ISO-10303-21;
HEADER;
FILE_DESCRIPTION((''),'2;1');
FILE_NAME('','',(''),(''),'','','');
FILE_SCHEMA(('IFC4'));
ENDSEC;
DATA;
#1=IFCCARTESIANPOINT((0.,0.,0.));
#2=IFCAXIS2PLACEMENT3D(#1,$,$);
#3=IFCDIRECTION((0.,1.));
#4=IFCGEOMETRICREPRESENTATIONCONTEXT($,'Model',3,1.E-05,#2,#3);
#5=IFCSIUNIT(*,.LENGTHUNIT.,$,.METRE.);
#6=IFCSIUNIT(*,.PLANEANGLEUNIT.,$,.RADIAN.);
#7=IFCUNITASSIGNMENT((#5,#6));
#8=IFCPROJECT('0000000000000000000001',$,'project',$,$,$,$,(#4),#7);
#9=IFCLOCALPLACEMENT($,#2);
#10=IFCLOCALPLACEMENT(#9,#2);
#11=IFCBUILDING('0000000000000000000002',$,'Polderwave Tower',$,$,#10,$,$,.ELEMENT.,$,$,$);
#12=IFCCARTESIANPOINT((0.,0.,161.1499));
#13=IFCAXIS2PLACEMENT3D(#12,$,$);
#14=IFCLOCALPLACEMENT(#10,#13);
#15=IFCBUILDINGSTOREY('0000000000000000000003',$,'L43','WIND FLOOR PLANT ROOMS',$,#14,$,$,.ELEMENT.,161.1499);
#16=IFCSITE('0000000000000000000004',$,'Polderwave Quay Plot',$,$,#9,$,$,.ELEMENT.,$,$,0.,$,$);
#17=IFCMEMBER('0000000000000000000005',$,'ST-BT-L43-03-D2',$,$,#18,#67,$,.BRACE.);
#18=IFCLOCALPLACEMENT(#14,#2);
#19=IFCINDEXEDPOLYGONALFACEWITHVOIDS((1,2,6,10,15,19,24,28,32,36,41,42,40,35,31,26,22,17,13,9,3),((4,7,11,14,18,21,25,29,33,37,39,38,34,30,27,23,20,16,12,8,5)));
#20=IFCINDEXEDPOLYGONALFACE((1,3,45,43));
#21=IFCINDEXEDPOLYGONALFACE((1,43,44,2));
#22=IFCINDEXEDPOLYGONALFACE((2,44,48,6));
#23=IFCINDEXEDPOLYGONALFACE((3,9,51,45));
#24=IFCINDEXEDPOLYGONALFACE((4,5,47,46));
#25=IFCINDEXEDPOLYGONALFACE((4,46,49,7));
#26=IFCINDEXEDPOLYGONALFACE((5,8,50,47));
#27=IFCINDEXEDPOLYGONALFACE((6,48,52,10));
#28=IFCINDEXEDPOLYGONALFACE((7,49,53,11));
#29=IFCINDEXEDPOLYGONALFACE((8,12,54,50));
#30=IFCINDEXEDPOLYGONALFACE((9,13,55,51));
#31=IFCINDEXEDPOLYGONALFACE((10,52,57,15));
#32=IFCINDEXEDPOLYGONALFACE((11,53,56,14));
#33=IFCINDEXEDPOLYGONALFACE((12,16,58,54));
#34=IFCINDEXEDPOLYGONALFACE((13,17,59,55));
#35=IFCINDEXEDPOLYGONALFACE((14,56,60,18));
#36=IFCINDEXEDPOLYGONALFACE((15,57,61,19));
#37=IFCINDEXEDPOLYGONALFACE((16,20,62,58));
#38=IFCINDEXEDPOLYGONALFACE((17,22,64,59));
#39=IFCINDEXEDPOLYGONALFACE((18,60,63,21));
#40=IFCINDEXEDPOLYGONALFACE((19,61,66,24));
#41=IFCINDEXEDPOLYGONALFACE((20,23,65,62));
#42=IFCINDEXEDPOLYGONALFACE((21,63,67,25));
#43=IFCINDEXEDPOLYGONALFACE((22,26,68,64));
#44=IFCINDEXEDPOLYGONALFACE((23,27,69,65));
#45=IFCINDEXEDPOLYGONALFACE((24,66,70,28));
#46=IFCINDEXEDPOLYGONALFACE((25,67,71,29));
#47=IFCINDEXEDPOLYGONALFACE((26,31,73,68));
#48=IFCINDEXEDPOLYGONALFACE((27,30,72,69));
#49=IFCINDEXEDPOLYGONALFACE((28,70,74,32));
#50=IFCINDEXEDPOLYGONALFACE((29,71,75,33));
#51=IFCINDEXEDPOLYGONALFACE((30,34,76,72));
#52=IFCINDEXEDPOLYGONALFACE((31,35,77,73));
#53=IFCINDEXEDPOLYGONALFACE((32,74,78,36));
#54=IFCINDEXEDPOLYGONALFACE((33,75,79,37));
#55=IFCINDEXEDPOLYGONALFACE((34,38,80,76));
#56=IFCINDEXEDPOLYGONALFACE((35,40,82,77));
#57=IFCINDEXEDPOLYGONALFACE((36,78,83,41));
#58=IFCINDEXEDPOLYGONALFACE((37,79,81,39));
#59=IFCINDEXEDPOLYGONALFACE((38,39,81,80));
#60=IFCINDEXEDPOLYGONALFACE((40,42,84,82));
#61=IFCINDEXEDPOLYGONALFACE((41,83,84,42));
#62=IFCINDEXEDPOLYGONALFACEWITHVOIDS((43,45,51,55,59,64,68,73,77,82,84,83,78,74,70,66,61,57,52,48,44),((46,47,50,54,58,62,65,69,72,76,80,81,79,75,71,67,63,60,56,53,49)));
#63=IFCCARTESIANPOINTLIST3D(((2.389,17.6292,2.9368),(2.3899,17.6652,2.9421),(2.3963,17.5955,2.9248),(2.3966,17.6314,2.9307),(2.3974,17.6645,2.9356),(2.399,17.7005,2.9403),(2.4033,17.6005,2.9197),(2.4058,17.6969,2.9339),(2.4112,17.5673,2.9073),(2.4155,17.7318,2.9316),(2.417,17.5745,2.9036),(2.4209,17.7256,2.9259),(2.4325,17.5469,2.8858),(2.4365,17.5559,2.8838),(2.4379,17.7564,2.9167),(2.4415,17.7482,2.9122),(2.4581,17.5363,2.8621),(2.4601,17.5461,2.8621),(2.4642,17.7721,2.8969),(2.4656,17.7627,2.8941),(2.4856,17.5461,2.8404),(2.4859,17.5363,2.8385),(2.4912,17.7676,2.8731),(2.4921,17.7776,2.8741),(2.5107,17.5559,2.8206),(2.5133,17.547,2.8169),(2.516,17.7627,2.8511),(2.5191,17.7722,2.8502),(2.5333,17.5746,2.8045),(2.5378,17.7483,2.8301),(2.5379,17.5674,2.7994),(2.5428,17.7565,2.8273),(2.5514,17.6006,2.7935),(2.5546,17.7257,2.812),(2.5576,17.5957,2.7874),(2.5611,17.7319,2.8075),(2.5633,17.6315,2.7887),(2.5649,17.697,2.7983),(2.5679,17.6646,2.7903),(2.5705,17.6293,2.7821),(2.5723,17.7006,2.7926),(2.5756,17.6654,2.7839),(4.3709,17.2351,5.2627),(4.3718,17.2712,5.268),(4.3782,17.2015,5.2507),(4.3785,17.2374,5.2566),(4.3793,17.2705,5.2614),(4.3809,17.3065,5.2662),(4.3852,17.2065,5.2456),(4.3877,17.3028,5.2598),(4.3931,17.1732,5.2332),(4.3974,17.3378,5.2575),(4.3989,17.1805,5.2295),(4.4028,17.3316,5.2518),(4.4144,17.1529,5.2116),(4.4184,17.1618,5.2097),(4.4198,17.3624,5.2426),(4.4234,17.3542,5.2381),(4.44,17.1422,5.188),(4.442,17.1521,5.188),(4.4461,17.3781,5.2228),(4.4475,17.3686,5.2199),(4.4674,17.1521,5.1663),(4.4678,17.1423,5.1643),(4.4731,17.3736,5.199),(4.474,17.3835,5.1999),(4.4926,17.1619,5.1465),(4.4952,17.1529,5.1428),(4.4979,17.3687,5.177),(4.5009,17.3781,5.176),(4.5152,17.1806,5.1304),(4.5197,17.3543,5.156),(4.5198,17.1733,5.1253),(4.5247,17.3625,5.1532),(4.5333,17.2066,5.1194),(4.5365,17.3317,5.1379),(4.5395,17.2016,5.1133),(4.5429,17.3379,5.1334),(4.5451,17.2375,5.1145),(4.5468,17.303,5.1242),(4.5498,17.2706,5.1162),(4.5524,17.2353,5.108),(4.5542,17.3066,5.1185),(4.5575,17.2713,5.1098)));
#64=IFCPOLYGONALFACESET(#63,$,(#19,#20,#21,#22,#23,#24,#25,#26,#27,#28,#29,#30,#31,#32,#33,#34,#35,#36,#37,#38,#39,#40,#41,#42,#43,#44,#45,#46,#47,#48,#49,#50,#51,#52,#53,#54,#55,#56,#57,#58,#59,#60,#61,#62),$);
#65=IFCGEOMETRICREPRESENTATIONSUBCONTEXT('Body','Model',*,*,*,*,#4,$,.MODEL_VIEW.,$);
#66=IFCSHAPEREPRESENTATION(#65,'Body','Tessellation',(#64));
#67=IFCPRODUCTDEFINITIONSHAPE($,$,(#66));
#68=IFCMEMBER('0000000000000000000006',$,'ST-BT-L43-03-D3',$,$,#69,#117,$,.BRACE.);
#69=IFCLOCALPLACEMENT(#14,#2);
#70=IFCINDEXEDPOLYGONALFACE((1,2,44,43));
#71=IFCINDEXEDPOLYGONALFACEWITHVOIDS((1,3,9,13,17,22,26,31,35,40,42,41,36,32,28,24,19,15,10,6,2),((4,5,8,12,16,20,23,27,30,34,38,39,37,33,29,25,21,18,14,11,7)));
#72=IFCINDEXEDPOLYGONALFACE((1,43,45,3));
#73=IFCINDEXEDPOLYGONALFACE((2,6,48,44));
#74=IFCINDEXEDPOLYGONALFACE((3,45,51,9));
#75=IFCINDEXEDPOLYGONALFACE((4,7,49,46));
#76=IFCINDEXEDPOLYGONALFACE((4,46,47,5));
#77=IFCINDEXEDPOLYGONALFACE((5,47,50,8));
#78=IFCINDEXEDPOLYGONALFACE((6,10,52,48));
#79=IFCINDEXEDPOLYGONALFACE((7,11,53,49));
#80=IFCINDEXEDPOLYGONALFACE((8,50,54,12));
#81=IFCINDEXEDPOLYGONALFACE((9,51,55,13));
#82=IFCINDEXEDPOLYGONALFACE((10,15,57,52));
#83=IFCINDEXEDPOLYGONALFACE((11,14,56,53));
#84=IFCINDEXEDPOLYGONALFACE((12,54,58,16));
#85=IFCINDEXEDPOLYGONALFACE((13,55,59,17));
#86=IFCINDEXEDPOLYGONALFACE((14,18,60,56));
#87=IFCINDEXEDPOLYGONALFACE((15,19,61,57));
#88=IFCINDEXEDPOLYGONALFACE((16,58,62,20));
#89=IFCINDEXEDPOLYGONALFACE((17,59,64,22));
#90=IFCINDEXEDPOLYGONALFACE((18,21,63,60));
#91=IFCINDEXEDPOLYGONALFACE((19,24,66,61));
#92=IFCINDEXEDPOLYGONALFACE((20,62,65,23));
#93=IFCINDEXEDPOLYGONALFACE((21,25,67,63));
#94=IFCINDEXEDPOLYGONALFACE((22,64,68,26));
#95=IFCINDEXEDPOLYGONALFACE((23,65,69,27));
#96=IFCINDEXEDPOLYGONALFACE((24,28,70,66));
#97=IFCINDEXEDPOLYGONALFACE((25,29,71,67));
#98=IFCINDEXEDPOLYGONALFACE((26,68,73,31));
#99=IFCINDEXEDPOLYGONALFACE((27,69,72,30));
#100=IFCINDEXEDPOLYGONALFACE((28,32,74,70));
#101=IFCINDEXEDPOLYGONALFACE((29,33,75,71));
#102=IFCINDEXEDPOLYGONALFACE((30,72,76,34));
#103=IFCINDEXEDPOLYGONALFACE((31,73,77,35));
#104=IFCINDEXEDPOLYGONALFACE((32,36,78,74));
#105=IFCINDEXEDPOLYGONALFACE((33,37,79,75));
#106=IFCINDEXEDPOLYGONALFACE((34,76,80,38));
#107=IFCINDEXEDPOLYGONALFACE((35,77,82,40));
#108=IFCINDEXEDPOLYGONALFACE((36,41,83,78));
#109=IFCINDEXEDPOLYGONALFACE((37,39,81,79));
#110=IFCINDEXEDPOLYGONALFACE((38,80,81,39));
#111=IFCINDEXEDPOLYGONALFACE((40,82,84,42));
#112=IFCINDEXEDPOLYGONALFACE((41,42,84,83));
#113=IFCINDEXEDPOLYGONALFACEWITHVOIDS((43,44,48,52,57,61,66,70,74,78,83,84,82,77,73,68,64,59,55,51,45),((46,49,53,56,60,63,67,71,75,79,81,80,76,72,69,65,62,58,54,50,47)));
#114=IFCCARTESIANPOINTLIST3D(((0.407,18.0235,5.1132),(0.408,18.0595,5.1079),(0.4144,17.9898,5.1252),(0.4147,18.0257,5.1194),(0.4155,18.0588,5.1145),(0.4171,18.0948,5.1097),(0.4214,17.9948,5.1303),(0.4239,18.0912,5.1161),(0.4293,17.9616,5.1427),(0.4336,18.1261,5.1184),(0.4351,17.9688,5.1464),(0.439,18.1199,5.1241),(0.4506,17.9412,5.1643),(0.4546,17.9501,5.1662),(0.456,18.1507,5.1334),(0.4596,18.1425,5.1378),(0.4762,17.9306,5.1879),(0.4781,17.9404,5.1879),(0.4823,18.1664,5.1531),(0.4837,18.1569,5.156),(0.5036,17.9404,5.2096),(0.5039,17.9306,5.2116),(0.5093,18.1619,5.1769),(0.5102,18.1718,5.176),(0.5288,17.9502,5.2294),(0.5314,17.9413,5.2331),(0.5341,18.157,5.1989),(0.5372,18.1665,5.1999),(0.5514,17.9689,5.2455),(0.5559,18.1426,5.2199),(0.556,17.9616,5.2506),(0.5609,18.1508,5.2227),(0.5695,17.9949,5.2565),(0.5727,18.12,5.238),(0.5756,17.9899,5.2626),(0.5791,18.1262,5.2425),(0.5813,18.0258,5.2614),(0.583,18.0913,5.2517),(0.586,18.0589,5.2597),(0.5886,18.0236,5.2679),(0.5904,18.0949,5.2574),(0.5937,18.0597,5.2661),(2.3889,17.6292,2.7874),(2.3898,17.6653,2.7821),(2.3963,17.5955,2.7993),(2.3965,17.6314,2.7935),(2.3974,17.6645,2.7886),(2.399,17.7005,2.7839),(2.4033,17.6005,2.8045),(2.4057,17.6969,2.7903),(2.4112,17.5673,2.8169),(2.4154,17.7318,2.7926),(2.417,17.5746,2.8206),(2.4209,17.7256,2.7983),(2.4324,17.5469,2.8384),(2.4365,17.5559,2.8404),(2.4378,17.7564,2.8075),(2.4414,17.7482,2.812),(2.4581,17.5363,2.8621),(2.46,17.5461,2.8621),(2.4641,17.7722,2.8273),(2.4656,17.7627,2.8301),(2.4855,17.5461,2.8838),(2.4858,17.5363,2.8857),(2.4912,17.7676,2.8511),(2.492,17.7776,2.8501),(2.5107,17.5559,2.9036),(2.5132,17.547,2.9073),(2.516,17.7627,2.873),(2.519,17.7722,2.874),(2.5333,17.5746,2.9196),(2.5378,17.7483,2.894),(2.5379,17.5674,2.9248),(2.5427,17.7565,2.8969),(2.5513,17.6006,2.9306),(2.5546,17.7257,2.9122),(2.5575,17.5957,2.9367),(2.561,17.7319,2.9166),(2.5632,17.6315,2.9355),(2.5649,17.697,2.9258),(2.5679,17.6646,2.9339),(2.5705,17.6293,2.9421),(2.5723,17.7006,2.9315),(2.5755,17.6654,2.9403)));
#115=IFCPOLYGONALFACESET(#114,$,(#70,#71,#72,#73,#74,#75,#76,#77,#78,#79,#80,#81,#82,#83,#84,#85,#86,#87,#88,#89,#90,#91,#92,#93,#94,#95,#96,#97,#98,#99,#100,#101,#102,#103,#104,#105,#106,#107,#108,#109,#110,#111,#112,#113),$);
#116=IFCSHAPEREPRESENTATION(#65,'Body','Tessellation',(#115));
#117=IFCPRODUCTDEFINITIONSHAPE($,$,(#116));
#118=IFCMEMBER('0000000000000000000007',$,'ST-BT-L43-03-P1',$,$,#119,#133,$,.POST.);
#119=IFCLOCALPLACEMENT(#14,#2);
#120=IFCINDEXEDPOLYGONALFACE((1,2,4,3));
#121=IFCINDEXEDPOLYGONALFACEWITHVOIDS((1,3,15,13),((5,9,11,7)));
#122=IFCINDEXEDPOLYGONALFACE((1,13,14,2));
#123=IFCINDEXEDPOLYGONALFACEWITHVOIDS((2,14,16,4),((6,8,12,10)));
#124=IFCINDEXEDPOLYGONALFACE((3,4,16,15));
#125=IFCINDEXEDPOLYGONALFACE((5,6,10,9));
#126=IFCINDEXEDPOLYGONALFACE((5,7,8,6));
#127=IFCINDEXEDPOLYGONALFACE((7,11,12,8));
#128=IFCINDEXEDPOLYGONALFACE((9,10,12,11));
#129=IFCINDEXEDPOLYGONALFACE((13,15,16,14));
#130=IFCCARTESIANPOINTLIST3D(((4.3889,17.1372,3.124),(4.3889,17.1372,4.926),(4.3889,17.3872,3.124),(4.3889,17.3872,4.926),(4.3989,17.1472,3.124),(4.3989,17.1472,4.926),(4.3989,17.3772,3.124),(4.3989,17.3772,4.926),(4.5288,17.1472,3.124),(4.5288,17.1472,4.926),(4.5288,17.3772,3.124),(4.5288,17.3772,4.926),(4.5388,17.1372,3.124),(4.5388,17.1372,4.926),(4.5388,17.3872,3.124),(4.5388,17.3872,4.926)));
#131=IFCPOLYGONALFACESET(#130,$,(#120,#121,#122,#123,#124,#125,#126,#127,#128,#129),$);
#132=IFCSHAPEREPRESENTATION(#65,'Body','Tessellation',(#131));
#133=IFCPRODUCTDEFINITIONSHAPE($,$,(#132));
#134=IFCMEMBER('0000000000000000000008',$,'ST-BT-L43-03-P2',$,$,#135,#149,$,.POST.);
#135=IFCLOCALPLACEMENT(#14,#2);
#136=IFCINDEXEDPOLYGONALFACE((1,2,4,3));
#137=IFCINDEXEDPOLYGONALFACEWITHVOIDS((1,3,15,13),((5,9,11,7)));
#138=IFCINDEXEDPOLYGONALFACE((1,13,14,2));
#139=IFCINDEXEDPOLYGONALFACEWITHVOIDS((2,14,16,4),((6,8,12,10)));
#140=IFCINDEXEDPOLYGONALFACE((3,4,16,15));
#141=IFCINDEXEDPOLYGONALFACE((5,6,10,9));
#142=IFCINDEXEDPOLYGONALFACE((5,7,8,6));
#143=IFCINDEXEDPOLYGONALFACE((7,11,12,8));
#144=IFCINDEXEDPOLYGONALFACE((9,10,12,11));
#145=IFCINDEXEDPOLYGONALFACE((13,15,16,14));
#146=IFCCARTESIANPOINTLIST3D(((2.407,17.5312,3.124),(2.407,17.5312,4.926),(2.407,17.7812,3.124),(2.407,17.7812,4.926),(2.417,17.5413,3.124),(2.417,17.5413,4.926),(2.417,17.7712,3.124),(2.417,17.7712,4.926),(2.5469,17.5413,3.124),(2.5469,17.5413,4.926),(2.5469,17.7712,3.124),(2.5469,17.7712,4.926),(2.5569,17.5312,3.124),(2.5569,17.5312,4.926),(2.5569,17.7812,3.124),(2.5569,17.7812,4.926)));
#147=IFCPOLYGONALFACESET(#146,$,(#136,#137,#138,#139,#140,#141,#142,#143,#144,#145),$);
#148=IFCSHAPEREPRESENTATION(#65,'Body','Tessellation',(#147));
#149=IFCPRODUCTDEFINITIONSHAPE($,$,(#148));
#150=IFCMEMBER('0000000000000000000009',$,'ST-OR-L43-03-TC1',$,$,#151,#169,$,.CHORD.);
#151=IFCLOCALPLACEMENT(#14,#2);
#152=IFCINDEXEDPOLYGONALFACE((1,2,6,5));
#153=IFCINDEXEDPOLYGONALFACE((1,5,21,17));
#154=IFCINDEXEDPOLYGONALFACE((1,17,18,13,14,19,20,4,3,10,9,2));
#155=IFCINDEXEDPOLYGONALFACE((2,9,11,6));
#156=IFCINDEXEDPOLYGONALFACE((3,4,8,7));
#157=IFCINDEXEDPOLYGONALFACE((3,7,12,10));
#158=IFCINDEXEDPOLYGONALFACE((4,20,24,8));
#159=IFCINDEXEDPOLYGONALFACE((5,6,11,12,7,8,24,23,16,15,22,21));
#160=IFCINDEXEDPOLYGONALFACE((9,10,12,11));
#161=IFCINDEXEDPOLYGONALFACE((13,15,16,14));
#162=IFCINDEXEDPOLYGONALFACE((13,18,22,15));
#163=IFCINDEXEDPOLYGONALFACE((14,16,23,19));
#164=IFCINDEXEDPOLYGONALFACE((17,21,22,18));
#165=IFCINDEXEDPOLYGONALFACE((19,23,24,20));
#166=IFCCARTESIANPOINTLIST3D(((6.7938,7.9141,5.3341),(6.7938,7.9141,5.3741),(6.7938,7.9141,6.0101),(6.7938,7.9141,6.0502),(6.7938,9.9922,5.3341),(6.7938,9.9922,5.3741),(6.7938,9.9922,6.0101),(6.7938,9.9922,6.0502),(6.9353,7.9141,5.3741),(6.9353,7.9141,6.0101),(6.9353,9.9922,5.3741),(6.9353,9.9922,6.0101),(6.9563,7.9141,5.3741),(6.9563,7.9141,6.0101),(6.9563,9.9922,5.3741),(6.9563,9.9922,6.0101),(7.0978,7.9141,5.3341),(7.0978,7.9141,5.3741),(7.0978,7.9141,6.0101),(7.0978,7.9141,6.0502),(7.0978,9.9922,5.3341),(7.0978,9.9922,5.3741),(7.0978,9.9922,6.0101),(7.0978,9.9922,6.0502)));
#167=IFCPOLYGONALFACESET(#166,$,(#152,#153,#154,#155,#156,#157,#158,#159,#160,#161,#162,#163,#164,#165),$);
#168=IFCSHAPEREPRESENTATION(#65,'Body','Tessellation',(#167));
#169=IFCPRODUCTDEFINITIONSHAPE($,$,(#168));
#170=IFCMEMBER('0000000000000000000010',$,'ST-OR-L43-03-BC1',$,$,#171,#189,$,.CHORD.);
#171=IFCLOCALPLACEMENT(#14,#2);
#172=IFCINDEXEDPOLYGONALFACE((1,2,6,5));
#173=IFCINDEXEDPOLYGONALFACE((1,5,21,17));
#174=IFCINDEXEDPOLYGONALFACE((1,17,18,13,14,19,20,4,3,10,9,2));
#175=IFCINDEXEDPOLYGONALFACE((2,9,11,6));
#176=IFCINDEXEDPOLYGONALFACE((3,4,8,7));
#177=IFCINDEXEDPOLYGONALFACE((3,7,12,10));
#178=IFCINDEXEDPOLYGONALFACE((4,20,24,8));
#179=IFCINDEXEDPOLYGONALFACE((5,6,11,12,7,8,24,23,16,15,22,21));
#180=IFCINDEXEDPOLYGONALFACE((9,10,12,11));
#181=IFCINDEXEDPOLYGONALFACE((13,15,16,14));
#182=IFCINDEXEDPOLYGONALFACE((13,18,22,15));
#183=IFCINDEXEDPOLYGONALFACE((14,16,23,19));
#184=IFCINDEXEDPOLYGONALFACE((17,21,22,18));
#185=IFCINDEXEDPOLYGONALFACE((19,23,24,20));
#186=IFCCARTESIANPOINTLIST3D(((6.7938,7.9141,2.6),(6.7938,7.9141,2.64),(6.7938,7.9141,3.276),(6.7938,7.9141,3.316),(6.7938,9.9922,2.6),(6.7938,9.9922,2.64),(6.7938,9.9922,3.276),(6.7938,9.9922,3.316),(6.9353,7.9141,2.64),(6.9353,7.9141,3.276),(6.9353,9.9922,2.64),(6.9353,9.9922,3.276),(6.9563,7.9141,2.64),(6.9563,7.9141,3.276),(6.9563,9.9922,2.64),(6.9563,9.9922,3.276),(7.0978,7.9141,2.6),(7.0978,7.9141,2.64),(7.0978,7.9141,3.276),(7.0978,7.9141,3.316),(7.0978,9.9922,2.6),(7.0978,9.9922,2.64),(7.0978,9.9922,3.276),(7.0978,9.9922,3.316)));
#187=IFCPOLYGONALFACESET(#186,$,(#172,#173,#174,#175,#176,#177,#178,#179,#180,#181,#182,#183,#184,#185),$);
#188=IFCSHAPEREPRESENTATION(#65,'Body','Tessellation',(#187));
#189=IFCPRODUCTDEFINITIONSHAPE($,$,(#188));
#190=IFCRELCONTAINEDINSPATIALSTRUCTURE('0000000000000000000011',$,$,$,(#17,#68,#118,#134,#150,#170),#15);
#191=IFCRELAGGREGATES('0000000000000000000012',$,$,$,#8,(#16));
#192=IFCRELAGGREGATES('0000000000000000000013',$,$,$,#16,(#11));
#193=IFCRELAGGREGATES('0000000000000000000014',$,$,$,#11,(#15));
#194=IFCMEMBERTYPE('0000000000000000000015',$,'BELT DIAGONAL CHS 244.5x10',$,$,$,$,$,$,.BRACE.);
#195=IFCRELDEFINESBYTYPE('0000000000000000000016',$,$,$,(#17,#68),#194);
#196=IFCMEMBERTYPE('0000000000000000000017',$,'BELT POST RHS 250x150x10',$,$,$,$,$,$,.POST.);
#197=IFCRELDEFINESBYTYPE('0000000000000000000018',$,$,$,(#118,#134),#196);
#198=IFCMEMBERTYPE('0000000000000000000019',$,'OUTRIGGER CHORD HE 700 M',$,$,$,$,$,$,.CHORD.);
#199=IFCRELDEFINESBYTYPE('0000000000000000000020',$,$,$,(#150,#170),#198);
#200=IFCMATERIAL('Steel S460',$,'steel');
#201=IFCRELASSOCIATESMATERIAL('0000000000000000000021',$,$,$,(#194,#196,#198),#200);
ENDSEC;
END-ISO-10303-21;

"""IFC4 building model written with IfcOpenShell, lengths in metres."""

from ifc_helpers import new_model, si_unit, direction, frame, origin, origin_2d, place, context, subcontext, project, spatial, hollow_rectangle, hollow_circle, i_section, extrude, material, material_profile, profile_set, type_object, element, save


model = new_model("IFC4")

# Units and contexts
model_context = context("Model", 3, precision=1e-05, world=origin(), true_north=direction((0.0, 1.0)))
body_context = subcontext(model_context, "Body", "Model", "MODEL_VIEW")
ifc_project = project(units=[si_unit("LENGTHUNIT", "METRE"), si_unit("PLANEANGLEUNIT", "RADIAN")], contexts=[model_context])

# Site, building, storey
site_placement = place(None, origin())
site = spatial("IfcSite", under=ifc_project, at=site_placement, Name="Polderwave Quay Plot", CompositionType="ELEMENT", RefElevation=0.0)
building_placement = place(site_placement, origin())
building = spatial("IfcBuilding", under=site, at=building_placement, Name="Polderwave Tower", CompositionType="ELEMENT")
storey_placement = place(building_placement, frame((0.0, 0.0, 161.1499)))
storey = spatial("IfcBuildingStorey", under=building, at=storey_placement, Name="L43", Description="WIND FLOOR PLANT ROOMS", CompositionType="ELEMENT", Elevation=161.1499)

# Members
ifc_material_1 = material(Name="Steel S460", Category="steel")
ifc_material_profile_1 = material_profile(ifc_material_1, hollow_circle(Radius=0.1223, WallThickness=0.01, at=origin_2d()), Name="CHS 244.5x10")
ifc_profile_set_1 = profile_set([ifc_material_profile_1], Name="Steel S460")
member_type_1 = type_object("IfcMemberType", Name="BELT DIAGONAL CHS 244.5x10", PredefinedType="BRACE", material=ifc_profile_set_1)
for number, where, z_axis, x_axis, name in (
    (1, (4.4639, 17.2622, 5.188), (-0.643252, 0.12789, -0.754898), (-0.195001, -0.980803, 0.0), "ST-BT-L43-03-D2"),
    (2, (2.4819, 17.6562, 2.8621), (-0.643246, 0.127968, 0.75489), (-0.195117, -0.98078, 0.0), "ST-BT-L43-03-D3"),
):
    element("IfcMember", number, at=place(storey_placement, frame(where, z_axis=z_axis, x_axis=x_axis)), inside=storey, type_object=member_type_1, Name=name, PredefinedType="BRACE", context=body_context, shape_type="SweptSolid", body=[
        extrude(hollow_circle(Radius=0.1223, WallThickness=0.01, at=origin_2d()), origin(), (0.0, 0.0, 1.0), 3.0811),
    ])
ifc_material_profile_2 = material_profile(ifc_material_1, hollow_rectangle(XDim=0.1499, YDim=0.25, WallThickness=0.01, at=origin_2d()), Name="RHS 250x150x10")
ifc_profile_set_2 = profile_set([ifc_material_profile_2], Name="Steel S460")
member_type_2 = type_object("IfcMemberType", Name="BELT POST RHS 250x150x10", PredefinedType="POST", material=ifc_profile_set_2)
for number, where, z_axis, x_axis, name in (
    (3, (4.4639, 17.2622, 3.124), (0.0, 0.0, 1.0), (1.0, 0.0, 0.0), "ST-BT-L43-03-P1"),
    (4, (2.4819, 17.6562, 3.124), (0.0, 0.0, 1.0), (1.0, 0.0, 0.0), "ST-BT-L43-03-P2"),
):
    element("IfcMember", number, at=place(storey_placement, frame(where, z_axis=z_axis, x_axis=x_axis)), inside=storey, type_object=member_type_2, Name=name, PredefinedType="POST", context=body_context, shape_type="SweptSolid", body=[
        extrude(hollow_rectangle(XDim=0.1499, YDim=0.25, WallThickness=0.01, at=origin_2d()), origin(), (0.0, 0.0, 1.0), 1.802),
    ])
ifc_material_profile_3 = material_profile(ifc_material_1, i_section(OverallWidth=0.304, OverallDepth=0.7161, WebThickness=0.021, FlangeThickness=0.04, at=origin_2d()), Name="HE 700 M")
ifc_profile_set_3 = profile_set([ifc_material_profile_3], Name="Steel S460")
member_type_3 = type_object("IfcMemberType", Name="OUTRIGGER CHORD HE 700 M", PredefinedType="CHORD", material=ifc_profile_set_3)
for number, where, z_axis, x_axis, name in (
    (5, (6.9458, 7.9141, 5.6921), (0.0, 1.0, 0.0), (-1.0, 0.0, 0.0), "ST-OR-L43-03-TC1"),
    (6, (6.9458, 7.9141, 2.958), (0.0, 1.0, 0.0), (-1.0, 0.0, 0.0), "ST-OR-L43-03-BC1"),
):
    element("IfcMember", number, at=place(storey_placement, frame(where, z_axis=z_axis, x_axis=x_axis)), inside=storey, type_object=member_type_3, Name=name, PredefinedType="CHORD", context=body_context, shape_type="SweptSolid", body=[
        extrude(i_section(OverallWidth=0.304, OverallDepth=0.7161, WebThickness=0.021, FlangeThickness=0.04, at=origin_2d()), origin(), (0.0, 0.0, 1.0), 2.0781),
    ])

save(model, "model.ifc")
